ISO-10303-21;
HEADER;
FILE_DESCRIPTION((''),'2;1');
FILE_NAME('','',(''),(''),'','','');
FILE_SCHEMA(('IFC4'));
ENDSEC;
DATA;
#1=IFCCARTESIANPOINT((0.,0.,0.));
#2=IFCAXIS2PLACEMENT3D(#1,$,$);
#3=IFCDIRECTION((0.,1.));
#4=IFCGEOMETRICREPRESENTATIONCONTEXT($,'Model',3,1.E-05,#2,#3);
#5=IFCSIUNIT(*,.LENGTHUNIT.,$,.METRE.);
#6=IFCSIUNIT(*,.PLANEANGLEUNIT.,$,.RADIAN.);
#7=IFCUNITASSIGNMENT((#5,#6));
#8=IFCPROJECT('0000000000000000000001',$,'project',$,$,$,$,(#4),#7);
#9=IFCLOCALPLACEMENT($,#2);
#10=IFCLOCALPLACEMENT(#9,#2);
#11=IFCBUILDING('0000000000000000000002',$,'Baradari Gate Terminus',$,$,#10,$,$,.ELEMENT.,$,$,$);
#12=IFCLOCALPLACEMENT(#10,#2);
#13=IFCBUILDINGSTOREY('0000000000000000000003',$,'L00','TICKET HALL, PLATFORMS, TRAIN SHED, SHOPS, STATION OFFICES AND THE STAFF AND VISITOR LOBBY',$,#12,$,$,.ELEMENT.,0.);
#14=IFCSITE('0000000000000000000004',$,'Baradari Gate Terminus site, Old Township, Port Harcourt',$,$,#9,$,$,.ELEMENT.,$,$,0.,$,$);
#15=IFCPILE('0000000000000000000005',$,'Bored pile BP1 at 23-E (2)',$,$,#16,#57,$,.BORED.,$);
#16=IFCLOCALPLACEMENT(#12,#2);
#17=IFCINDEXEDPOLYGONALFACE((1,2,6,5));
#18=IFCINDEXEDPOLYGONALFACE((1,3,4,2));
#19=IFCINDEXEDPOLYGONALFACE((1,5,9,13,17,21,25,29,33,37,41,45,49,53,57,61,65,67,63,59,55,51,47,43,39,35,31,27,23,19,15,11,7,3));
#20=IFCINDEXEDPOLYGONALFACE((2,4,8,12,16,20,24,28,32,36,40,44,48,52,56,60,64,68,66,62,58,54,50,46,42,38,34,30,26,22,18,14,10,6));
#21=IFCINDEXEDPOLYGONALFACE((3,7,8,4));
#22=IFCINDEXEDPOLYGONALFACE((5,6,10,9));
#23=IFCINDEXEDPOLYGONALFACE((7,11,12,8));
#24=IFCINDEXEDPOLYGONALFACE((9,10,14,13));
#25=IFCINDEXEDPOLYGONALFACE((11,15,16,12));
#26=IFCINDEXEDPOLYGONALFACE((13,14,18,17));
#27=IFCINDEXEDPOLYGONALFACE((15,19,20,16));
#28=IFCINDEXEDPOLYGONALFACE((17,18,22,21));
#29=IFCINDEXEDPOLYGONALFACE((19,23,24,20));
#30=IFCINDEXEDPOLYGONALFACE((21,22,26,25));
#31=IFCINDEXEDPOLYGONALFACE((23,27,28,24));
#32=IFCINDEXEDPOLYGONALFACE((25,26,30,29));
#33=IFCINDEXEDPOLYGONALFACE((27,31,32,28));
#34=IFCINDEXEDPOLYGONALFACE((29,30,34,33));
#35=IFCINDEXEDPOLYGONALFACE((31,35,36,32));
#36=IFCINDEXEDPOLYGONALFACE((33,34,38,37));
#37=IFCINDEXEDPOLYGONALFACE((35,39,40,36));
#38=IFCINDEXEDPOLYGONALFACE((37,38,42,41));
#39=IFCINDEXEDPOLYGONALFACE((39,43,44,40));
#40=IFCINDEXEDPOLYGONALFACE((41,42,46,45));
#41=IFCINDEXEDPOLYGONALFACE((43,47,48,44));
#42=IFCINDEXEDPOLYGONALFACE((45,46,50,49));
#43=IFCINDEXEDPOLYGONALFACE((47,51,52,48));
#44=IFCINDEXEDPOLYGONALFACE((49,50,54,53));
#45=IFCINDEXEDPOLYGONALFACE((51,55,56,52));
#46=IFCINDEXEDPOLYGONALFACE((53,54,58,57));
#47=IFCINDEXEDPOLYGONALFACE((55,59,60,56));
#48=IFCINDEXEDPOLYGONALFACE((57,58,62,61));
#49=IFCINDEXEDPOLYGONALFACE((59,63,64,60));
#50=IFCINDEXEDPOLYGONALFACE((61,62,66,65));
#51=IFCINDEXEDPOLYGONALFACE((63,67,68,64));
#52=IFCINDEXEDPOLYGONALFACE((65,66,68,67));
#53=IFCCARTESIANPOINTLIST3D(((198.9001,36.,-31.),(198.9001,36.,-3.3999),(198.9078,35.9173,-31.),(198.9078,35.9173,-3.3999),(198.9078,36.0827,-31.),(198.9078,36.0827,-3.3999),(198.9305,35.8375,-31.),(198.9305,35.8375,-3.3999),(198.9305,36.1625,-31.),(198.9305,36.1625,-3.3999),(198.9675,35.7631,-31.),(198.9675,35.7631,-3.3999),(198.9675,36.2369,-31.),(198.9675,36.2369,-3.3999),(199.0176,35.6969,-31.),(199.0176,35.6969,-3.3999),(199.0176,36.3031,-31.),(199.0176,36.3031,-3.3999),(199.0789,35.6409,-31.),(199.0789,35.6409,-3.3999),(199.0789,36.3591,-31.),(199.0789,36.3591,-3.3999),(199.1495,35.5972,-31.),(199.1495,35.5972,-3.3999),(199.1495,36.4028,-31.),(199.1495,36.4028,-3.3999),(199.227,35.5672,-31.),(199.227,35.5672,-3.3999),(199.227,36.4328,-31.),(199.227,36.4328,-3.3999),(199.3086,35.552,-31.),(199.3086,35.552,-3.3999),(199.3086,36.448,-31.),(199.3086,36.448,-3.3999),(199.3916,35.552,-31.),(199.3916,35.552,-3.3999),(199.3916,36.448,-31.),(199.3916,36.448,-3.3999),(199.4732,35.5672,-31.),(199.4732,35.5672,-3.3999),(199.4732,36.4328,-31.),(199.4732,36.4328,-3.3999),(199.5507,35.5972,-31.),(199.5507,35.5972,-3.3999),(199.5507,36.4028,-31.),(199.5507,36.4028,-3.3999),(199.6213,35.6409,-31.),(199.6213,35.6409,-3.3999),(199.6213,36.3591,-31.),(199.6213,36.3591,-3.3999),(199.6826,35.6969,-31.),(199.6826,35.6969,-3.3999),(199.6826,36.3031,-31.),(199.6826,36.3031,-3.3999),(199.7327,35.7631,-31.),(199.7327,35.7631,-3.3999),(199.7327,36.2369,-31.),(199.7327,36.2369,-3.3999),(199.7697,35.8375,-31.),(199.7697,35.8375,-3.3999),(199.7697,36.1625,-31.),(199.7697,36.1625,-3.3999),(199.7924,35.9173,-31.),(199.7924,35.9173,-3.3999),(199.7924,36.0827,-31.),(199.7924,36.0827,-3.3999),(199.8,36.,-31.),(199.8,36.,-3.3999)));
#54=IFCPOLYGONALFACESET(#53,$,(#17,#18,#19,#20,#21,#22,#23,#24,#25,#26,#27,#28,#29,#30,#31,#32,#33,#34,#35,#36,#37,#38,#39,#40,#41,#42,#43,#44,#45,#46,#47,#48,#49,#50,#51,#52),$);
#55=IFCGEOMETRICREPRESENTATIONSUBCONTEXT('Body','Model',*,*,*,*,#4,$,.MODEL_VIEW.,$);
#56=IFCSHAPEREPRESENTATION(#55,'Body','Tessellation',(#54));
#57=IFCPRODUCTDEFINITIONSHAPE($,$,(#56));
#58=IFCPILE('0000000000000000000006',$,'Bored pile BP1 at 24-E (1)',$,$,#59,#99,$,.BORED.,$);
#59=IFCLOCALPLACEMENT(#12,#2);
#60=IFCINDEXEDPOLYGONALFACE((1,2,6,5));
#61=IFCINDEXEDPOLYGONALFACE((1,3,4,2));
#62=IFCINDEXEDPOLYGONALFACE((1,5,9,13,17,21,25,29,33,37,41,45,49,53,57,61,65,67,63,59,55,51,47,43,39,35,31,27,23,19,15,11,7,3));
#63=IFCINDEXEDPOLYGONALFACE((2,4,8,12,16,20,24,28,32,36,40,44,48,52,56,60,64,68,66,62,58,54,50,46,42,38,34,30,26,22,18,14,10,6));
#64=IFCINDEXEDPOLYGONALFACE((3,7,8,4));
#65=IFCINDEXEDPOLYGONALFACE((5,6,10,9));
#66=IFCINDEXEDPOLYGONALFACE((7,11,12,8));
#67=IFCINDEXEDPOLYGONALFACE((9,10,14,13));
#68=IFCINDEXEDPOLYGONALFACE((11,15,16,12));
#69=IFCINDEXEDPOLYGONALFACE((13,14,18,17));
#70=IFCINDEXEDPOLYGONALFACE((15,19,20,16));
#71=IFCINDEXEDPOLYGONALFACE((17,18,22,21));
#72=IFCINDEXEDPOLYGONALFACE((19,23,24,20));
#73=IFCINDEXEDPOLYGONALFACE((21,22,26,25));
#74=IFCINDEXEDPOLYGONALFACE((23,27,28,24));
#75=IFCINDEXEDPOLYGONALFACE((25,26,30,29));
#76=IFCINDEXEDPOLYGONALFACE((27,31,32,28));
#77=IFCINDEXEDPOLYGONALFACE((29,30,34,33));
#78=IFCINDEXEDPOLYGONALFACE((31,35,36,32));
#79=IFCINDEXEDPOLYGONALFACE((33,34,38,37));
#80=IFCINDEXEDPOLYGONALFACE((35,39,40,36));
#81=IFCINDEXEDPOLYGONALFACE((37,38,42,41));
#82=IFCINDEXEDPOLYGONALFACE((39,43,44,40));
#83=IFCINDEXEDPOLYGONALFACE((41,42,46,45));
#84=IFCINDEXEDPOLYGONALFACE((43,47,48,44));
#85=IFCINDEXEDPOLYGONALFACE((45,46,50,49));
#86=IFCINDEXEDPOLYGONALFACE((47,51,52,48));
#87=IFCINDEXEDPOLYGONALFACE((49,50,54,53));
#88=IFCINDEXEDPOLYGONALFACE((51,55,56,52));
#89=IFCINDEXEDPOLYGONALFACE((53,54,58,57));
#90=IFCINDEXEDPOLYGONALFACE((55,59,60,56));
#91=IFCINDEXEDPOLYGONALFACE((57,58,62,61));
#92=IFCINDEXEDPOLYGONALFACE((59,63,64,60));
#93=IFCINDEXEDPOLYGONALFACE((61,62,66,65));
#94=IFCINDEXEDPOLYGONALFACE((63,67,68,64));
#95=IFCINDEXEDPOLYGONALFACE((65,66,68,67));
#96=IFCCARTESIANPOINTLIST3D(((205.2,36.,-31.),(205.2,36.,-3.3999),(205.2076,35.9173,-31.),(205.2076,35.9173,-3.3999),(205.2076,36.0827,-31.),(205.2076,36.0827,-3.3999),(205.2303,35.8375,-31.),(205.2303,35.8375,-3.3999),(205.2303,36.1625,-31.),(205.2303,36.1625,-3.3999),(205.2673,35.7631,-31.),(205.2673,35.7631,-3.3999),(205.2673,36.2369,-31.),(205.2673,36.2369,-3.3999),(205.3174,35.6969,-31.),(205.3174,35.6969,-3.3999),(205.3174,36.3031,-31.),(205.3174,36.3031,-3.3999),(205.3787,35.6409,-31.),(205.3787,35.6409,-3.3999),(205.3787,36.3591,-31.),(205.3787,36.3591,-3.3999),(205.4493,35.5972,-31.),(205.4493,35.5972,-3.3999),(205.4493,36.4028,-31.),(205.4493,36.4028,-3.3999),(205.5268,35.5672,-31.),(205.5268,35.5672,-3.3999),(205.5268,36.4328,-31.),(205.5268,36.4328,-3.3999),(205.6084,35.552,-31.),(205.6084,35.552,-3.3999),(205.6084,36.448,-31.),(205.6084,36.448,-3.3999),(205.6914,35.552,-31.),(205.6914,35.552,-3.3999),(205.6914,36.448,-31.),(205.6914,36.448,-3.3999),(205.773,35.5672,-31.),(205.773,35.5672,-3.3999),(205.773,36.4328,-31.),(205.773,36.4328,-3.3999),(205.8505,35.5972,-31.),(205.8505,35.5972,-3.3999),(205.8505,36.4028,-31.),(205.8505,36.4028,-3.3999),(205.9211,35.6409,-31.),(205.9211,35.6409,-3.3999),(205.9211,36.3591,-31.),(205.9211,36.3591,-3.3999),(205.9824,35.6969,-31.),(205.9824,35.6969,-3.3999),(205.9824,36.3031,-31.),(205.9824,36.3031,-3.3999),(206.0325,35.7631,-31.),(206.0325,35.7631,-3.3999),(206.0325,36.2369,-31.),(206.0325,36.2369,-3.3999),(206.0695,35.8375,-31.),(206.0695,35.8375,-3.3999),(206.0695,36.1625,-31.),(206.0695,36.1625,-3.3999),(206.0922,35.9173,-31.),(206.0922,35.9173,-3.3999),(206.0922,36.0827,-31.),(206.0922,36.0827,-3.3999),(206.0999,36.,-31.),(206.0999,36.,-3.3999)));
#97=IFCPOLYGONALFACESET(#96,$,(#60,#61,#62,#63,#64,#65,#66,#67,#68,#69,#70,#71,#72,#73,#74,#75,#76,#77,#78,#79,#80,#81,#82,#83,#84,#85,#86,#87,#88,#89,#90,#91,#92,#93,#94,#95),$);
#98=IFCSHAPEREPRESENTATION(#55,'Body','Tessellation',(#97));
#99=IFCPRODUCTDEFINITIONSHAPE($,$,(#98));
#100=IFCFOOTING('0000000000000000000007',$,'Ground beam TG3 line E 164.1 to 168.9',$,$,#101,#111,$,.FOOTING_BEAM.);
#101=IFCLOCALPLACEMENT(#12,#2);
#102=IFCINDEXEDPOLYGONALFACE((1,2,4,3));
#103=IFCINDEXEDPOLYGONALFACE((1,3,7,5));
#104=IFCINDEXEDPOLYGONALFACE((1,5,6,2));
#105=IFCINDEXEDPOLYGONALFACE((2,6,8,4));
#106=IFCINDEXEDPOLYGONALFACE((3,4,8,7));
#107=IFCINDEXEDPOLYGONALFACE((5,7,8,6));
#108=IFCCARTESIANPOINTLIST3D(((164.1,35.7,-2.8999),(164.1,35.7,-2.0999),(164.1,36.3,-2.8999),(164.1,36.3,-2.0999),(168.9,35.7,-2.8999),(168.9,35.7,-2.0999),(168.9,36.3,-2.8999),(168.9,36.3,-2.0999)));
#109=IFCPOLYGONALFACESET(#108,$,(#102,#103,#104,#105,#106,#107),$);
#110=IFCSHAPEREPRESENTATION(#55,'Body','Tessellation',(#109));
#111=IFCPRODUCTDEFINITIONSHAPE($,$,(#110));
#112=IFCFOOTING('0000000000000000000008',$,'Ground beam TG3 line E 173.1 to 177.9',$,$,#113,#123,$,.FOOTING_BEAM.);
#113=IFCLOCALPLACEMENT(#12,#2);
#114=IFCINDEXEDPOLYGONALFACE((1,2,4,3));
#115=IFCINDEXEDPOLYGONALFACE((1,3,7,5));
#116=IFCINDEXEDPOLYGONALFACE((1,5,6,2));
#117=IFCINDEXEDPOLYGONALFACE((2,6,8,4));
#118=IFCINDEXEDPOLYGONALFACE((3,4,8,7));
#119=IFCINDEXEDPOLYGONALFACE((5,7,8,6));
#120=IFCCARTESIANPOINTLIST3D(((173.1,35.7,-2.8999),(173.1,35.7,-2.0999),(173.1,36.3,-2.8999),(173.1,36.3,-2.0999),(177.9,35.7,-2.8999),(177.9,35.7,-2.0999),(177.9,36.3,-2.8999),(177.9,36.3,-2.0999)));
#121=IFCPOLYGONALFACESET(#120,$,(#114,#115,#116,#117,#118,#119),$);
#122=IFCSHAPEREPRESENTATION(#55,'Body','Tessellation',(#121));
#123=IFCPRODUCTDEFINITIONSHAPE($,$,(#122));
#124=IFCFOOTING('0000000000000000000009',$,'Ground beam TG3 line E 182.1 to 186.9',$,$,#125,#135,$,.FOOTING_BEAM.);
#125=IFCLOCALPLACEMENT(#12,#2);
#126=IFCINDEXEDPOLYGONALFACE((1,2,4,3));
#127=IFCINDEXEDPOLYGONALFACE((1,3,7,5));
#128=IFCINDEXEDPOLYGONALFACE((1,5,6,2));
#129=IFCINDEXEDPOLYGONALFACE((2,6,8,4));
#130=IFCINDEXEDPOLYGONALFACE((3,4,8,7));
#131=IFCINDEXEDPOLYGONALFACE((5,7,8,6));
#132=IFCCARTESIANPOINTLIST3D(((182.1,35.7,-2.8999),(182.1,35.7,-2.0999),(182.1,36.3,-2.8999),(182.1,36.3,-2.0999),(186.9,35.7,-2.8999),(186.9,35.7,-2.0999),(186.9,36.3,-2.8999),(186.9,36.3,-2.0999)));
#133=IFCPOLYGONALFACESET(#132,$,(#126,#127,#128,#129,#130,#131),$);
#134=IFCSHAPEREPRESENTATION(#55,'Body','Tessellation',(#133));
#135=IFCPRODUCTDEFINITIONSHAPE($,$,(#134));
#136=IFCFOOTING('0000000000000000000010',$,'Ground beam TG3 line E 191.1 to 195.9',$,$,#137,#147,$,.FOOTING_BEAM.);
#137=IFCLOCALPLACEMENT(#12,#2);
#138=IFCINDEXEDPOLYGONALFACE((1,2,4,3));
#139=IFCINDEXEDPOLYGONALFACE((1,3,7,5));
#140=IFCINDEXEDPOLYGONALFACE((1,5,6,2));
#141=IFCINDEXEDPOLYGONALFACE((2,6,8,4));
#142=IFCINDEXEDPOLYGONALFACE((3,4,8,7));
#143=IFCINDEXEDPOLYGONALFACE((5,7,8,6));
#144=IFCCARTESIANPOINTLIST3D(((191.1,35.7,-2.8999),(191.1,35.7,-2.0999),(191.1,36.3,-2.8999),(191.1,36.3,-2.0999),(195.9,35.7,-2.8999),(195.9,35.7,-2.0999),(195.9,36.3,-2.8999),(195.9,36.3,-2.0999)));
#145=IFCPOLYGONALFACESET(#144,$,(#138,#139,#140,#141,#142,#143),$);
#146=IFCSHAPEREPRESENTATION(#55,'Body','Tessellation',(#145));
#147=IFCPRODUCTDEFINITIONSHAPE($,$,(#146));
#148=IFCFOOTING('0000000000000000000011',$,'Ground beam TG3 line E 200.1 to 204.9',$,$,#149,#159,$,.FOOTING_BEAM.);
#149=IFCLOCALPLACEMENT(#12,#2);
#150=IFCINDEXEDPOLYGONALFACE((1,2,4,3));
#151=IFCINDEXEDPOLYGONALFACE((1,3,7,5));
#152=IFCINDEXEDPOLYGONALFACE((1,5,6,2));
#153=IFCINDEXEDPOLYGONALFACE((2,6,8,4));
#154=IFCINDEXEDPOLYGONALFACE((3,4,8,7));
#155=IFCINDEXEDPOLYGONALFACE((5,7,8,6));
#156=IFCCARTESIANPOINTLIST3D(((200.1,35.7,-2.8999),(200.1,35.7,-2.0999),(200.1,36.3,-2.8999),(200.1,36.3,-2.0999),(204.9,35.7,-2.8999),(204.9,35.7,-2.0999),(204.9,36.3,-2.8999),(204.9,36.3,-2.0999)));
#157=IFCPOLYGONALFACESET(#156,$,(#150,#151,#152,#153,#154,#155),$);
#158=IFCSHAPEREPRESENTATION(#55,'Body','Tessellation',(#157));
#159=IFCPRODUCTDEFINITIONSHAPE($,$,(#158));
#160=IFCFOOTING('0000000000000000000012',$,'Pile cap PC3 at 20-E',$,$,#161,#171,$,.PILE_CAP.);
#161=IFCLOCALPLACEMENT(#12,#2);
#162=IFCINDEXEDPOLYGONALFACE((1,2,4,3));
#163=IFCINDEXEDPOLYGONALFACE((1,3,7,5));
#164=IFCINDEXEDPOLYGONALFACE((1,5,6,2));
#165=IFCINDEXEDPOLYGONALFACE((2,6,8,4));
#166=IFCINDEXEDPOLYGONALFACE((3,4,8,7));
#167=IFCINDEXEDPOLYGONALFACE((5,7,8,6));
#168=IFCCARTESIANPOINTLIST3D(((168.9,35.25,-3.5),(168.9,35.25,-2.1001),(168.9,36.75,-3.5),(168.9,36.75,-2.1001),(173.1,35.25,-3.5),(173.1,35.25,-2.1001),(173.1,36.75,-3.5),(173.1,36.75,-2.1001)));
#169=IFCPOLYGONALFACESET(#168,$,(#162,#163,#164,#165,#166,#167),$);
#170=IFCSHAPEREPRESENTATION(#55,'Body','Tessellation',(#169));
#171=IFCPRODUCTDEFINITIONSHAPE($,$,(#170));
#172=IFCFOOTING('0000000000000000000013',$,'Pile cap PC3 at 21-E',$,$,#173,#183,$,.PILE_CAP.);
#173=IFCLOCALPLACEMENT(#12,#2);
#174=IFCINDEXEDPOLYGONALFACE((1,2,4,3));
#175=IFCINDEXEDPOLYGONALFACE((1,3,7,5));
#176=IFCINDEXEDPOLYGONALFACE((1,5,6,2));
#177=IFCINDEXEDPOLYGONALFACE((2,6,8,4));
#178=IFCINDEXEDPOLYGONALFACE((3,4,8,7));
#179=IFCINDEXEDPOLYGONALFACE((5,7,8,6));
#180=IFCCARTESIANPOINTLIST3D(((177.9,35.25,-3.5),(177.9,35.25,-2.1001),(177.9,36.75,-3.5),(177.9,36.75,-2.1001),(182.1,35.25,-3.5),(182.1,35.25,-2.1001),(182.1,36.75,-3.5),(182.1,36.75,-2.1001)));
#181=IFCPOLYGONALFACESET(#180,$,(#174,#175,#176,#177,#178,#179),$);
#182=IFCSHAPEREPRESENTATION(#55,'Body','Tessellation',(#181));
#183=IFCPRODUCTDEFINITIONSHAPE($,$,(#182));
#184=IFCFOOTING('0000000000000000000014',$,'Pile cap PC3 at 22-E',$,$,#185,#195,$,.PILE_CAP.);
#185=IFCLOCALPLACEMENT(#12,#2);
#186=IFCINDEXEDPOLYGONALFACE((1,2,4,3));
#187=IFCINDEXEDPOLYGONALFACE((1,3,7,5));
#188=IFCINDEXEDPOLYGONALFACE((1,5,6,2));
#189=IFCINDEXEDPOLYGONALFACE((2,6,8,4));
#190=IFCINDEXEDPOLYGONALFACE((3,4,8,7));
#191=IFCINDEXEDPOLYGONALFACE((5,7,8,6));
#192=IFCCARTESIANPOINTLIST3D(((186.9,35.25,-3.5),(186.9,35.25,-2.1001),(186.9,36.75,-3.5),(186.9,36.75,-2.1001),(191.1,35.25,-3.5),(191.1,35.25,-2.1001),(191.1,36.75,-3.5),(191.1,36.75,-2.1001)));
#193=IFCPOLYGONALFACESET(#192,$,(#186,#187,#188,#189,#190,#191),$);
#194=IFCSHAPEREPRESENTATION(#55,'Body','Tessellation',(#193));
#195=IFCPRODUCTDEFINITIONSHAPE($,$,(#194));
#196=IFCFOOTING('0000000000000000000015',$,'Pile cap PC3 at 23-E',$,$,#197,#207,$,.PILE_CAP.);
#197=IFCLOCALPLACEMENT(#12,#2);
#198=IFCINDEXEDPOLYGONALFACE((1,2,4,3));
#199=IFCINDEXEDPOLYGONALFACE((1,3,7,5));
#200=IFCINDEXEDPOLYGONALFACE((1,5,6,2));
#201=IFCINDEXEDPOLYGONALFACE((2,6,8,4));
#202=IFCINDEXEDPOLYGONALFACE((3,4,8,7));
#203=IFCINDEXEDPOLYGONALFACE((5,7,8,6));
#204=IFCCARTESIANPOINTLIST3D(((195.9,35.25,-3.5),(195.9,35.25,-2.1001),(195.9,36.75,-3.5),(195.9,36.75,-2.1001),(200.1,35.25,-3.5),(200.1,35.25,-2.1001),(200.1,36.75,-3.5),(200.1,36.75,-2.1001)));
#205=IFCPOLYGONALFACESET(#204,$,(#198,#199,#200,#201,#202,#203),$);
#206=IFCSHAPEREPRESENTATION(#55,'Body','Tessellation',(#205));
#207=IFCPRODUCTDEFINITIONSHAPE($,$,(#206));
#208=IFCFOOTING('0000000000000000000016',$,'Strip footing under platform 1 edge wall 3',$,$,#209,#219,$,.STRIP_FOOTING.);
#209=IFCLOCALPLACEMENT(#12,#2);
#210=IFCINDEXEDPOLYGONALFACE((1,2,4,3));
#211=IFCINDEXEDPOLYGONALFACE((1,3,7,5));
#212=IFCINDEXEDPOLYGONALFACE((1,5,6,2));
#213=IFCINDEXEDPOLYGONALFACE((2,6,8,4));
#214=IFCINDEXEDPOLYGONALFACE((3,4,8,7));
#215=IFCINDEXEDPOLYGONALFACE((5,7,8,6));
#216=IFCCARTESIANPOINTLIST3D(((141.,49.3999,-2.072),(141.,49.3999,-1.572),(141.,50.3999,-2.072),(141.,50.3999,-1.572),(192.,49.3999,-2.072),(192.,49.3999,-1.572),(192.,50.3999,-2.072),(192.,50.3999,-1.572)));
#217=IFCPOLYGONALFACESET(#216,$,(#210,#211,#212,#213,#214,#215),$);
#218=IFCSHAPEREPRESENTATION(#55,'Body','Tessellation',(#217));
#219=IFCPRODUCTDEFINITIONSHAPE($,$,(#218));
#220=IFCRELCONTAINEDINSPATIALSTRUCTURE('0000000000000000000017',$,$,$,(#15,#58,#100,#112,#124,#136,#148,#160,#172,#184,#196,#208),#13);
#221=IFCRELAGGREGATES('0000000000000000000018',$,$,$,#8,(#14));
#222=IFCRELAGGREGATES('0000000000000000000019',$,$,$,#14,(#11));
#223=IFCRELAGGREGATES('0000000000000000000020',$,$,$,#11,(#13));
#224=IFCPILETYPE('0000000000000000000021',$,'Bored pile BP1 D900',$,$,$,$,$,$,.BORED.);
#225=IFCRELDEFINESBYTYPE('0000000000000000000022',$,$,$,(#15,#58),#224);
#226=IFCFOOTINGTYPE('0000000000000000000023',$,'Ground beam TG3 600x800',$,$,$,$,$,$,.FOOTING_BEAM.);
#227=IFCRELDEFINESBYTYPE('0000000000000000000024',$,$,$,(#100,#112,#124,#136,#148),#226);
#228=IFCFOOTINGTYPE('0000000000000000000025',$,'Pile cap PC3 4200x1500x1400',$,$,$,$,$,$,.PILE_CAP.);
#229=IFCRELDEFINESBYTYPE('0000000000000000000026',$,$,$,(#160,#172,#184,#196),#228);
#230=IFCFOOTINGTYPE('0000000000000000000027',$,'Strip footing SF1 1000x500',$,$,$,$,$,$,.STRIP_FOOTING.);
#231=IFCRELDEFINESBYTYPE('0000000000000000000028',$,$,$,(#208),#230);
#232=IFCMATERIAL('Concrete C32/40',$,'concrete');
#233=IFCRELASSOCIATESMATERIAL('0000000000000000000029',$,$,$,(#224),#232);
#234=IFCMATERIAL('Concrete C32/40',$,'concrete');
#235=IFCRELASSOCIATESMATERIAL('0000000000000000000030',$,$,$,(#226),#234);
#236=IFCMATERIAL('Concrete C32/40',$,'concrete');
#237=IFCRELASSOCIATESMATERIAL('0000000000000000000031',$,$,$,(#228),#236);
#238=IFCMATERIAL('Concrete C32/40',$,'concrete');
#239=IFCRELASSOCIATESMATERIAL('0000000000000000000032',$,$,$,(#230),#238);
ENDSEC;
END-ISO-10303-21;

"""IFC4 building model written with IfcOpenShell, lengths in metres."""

from ifc_helpers import new_model, si_unit, direction, frame, origin, origin_2d, place, context, subcontext, project, spatial, rectangle, circle, extrude, material, type_object, element, save


model = new_model("IFC4")

# Units and contexts
model_context = context("Model", 3, precision=1e-05, world=origin(), true_north=direction((0.0, 1.0)))
body_context = subcontext(model_context, "Body", "Model", "MODEL_VIEW")
ifc_project = project(units=[si_unit("LENGTHUNIT", "METRE"), si_unit("PLANEANGLEUNIT", "RADIAN")], contexts=[model_context])

# Site, building, storey
site_placement = place(None, origin())
site = spatial("IfcSite", under=ifc_project, at=site_placement, Name="Baradari Gate Terminus site, Old Township, Port Harcourt", CompositionType="ELEMENT", RefElevation=0.0)
building_placement = place(site_placement, origin())
building = spatial("IfcBuilding", under=site, at=building_placement, Name="Baradari Gate Terminus", CompositionType="ELEMENT")
storey_placement = place(building_placement, origin())
storey = spatial("IfcBuildingStorey", under=building, at=storey_placement, Name="L00", Description="TICKET HALL, PLATFORMS, TRAIN SHED, SHOPS, STATION OFFICES AND THE STAFF AND VISITOR LOBBY", CompositionType="ELEMENT", Elevation=0.0)

# Piles
ifc_material_1 = material(Name="Concrete C32/40", Category="concrete")
pile_type = type_object("IfcPileType", Name="Bored pile BP1 D900", PredefinedType="BORED", material=ifc_material_1)
for number, where, z_axis, x_axis, name in (
    (1, (199.3501, 36.0, -3.3999), (0.0, 0.0, -1.0), (1.0, 0.0, 0.0), "Bored pile BP1 at 23-E (2)"),
    (2, (205.6499, 36.0, -3.3999), (0.0, 0.0, -1.0), (1.0, 0.0, 0.0), "Bored pile BP1 at 24-E (1)"),
):
    element("IfcPile", number, at=place(storey_placement, frame(where, z_axis=z_axis, x_axis=x_axis)), inside=storey, type_object=pile_type, Name=name, PredefinedType="BORED", context=body_context, shape_type="SweptSolid", body=[
        extrude(circle(Radius=0.45, at=origin_2d()), origin(), (0.0, 0.0, 1.0), 27.6001),
    ])

# Footings
ifc_material_2 = material(Name="Concrete C32/40", Category="concrete")
footing_type_1 = type_object("IfcFootingType", Name="Ground beam TG3 600x800", PredefinedType="FOOTING_BEAM", material=ifc_material_2)
for number, where, z_axis, x_axis, name in (
    (3, (166.5, 36.0, -2.8999), (0.0, 0.0, 1.0), (1.0, 0.0, 0.0), "Ground beam TG3 line E 164.1 to 168.9"),
    (4, (175.5, 36.0, -2.8999), (0.0, 0.0, 1.0), (1.0, 0.0, 0.0), "Ground beam TG3 line E 173.1 to 177.9"),
    (5, (184.5, 36.0, -2.8999), (0.0, 0.0, 1.0), (1.0, 0.0, 0.0), "Ground beam TG3 line E 182.1 to 186.9"),
    (6, (193.5, 36.0, -2.8999), (0.0, 0.0, 1.0), (1.0, 0.0, 0.0), "Ground beam TG3 line E 191.1 to 195.9"),
    (7, (202.5, 36.0, -2.8999), (0.0, 0.0, 1.0), (1.0, 0.0, 0.0), "Ground beam TG3 line E 200.1 to 204.9"),
):
    element("IfcFooting", number, at=place(storey_placement, frame(where, z_axis=z_axis, x_axis=x_axis)), inside=storey, type_object=footing_type_1, Name=name, PredefinedType="FOOTING_BEAM", context=body_context, shape_type="SweptSolid", body=[
        extrude(rectangle(XDim=4.8, YDim=0.6001, at=origin_2d()), origin(), (0.0, 0.0, 1.0), 0.8),
    ])
ifc_material_3 = material(Name="Concrete C32/40", Category="concrete")
footing_type_2 = type_object("IfcFootingType", Name="Pile cap PC3 4200x1500x1400", PredefinedType="PILE_CAP", material=ifc_material_3)
for number, where, z_axis, x_axis, name in (
    (8, (171.0, 36.0, -3.5), (0.0, 0.0, 1.0), (1.0, 0.0, 0.0), "Pile cap PC3 at 20-E"),
    (9, (180.0, 36.0, -3.5), (0.0, 0.0, 1.0), (1.0, 0.0, 0.0), "Pile cap PC3 at 21-E"),
    (10, (189.0, 36.0, -3.5), (0.0, 0.0, 1.0), (1.0, 0.0, 0.0), "Pile cap PC3 at 22-E"),
    (11, (198.0, 36.0, -3.5), (0.0, 0.0, 1.0), (1.0, 0.0, 0.0), "Pile cap PC3 at 23-E"),
):
    element("IfcFooting", number, at=place(storey_placement, frame(where, z_axis=z_axis, x_axis=x_axis)), inside=storey, type_object=footing_type_2, Name=name, PredefinedType="PILE_CAP", context=body_context, shape_type="SweptSolid", body=[
        extrude(rectangle(XDim=4.2, YDim=1.5, at=origin_2d()), origin(), (0.0, 0.0, 1.0), 1.3999),
    ])
ifc_material_4 = material(Name="Concrete C32/40", Category="concrete")
footing_type_3 = type_object("IfcFootingType", Name="Strip footing SF1 1000x500", PredefinedType="STRIP_FOOTING", material=ifc_material_4)
footing_placement = place(storey_placement, frame((166.5, 49.8999, -2.072), z_axis=(0.0, 0.0, 1.0), x_axis=(1.0, 0.0, 0.0)))
element("IfcFooting", 12, at=footing_placement, inside=storey, type_object=footing_type_3, Name="Strip footing under platform 1 edge wall 3", PredefinedType="STRIP_FOOTING", context=body_context, shape_type="SweptSolid", body=[
    extrude(rectangle(XDim=51.0, YDim=1.0, at=origin_2d()), origin(), (0.0, 0.0, 1.0), 0.5),
])

save(model, "model.ifc")
